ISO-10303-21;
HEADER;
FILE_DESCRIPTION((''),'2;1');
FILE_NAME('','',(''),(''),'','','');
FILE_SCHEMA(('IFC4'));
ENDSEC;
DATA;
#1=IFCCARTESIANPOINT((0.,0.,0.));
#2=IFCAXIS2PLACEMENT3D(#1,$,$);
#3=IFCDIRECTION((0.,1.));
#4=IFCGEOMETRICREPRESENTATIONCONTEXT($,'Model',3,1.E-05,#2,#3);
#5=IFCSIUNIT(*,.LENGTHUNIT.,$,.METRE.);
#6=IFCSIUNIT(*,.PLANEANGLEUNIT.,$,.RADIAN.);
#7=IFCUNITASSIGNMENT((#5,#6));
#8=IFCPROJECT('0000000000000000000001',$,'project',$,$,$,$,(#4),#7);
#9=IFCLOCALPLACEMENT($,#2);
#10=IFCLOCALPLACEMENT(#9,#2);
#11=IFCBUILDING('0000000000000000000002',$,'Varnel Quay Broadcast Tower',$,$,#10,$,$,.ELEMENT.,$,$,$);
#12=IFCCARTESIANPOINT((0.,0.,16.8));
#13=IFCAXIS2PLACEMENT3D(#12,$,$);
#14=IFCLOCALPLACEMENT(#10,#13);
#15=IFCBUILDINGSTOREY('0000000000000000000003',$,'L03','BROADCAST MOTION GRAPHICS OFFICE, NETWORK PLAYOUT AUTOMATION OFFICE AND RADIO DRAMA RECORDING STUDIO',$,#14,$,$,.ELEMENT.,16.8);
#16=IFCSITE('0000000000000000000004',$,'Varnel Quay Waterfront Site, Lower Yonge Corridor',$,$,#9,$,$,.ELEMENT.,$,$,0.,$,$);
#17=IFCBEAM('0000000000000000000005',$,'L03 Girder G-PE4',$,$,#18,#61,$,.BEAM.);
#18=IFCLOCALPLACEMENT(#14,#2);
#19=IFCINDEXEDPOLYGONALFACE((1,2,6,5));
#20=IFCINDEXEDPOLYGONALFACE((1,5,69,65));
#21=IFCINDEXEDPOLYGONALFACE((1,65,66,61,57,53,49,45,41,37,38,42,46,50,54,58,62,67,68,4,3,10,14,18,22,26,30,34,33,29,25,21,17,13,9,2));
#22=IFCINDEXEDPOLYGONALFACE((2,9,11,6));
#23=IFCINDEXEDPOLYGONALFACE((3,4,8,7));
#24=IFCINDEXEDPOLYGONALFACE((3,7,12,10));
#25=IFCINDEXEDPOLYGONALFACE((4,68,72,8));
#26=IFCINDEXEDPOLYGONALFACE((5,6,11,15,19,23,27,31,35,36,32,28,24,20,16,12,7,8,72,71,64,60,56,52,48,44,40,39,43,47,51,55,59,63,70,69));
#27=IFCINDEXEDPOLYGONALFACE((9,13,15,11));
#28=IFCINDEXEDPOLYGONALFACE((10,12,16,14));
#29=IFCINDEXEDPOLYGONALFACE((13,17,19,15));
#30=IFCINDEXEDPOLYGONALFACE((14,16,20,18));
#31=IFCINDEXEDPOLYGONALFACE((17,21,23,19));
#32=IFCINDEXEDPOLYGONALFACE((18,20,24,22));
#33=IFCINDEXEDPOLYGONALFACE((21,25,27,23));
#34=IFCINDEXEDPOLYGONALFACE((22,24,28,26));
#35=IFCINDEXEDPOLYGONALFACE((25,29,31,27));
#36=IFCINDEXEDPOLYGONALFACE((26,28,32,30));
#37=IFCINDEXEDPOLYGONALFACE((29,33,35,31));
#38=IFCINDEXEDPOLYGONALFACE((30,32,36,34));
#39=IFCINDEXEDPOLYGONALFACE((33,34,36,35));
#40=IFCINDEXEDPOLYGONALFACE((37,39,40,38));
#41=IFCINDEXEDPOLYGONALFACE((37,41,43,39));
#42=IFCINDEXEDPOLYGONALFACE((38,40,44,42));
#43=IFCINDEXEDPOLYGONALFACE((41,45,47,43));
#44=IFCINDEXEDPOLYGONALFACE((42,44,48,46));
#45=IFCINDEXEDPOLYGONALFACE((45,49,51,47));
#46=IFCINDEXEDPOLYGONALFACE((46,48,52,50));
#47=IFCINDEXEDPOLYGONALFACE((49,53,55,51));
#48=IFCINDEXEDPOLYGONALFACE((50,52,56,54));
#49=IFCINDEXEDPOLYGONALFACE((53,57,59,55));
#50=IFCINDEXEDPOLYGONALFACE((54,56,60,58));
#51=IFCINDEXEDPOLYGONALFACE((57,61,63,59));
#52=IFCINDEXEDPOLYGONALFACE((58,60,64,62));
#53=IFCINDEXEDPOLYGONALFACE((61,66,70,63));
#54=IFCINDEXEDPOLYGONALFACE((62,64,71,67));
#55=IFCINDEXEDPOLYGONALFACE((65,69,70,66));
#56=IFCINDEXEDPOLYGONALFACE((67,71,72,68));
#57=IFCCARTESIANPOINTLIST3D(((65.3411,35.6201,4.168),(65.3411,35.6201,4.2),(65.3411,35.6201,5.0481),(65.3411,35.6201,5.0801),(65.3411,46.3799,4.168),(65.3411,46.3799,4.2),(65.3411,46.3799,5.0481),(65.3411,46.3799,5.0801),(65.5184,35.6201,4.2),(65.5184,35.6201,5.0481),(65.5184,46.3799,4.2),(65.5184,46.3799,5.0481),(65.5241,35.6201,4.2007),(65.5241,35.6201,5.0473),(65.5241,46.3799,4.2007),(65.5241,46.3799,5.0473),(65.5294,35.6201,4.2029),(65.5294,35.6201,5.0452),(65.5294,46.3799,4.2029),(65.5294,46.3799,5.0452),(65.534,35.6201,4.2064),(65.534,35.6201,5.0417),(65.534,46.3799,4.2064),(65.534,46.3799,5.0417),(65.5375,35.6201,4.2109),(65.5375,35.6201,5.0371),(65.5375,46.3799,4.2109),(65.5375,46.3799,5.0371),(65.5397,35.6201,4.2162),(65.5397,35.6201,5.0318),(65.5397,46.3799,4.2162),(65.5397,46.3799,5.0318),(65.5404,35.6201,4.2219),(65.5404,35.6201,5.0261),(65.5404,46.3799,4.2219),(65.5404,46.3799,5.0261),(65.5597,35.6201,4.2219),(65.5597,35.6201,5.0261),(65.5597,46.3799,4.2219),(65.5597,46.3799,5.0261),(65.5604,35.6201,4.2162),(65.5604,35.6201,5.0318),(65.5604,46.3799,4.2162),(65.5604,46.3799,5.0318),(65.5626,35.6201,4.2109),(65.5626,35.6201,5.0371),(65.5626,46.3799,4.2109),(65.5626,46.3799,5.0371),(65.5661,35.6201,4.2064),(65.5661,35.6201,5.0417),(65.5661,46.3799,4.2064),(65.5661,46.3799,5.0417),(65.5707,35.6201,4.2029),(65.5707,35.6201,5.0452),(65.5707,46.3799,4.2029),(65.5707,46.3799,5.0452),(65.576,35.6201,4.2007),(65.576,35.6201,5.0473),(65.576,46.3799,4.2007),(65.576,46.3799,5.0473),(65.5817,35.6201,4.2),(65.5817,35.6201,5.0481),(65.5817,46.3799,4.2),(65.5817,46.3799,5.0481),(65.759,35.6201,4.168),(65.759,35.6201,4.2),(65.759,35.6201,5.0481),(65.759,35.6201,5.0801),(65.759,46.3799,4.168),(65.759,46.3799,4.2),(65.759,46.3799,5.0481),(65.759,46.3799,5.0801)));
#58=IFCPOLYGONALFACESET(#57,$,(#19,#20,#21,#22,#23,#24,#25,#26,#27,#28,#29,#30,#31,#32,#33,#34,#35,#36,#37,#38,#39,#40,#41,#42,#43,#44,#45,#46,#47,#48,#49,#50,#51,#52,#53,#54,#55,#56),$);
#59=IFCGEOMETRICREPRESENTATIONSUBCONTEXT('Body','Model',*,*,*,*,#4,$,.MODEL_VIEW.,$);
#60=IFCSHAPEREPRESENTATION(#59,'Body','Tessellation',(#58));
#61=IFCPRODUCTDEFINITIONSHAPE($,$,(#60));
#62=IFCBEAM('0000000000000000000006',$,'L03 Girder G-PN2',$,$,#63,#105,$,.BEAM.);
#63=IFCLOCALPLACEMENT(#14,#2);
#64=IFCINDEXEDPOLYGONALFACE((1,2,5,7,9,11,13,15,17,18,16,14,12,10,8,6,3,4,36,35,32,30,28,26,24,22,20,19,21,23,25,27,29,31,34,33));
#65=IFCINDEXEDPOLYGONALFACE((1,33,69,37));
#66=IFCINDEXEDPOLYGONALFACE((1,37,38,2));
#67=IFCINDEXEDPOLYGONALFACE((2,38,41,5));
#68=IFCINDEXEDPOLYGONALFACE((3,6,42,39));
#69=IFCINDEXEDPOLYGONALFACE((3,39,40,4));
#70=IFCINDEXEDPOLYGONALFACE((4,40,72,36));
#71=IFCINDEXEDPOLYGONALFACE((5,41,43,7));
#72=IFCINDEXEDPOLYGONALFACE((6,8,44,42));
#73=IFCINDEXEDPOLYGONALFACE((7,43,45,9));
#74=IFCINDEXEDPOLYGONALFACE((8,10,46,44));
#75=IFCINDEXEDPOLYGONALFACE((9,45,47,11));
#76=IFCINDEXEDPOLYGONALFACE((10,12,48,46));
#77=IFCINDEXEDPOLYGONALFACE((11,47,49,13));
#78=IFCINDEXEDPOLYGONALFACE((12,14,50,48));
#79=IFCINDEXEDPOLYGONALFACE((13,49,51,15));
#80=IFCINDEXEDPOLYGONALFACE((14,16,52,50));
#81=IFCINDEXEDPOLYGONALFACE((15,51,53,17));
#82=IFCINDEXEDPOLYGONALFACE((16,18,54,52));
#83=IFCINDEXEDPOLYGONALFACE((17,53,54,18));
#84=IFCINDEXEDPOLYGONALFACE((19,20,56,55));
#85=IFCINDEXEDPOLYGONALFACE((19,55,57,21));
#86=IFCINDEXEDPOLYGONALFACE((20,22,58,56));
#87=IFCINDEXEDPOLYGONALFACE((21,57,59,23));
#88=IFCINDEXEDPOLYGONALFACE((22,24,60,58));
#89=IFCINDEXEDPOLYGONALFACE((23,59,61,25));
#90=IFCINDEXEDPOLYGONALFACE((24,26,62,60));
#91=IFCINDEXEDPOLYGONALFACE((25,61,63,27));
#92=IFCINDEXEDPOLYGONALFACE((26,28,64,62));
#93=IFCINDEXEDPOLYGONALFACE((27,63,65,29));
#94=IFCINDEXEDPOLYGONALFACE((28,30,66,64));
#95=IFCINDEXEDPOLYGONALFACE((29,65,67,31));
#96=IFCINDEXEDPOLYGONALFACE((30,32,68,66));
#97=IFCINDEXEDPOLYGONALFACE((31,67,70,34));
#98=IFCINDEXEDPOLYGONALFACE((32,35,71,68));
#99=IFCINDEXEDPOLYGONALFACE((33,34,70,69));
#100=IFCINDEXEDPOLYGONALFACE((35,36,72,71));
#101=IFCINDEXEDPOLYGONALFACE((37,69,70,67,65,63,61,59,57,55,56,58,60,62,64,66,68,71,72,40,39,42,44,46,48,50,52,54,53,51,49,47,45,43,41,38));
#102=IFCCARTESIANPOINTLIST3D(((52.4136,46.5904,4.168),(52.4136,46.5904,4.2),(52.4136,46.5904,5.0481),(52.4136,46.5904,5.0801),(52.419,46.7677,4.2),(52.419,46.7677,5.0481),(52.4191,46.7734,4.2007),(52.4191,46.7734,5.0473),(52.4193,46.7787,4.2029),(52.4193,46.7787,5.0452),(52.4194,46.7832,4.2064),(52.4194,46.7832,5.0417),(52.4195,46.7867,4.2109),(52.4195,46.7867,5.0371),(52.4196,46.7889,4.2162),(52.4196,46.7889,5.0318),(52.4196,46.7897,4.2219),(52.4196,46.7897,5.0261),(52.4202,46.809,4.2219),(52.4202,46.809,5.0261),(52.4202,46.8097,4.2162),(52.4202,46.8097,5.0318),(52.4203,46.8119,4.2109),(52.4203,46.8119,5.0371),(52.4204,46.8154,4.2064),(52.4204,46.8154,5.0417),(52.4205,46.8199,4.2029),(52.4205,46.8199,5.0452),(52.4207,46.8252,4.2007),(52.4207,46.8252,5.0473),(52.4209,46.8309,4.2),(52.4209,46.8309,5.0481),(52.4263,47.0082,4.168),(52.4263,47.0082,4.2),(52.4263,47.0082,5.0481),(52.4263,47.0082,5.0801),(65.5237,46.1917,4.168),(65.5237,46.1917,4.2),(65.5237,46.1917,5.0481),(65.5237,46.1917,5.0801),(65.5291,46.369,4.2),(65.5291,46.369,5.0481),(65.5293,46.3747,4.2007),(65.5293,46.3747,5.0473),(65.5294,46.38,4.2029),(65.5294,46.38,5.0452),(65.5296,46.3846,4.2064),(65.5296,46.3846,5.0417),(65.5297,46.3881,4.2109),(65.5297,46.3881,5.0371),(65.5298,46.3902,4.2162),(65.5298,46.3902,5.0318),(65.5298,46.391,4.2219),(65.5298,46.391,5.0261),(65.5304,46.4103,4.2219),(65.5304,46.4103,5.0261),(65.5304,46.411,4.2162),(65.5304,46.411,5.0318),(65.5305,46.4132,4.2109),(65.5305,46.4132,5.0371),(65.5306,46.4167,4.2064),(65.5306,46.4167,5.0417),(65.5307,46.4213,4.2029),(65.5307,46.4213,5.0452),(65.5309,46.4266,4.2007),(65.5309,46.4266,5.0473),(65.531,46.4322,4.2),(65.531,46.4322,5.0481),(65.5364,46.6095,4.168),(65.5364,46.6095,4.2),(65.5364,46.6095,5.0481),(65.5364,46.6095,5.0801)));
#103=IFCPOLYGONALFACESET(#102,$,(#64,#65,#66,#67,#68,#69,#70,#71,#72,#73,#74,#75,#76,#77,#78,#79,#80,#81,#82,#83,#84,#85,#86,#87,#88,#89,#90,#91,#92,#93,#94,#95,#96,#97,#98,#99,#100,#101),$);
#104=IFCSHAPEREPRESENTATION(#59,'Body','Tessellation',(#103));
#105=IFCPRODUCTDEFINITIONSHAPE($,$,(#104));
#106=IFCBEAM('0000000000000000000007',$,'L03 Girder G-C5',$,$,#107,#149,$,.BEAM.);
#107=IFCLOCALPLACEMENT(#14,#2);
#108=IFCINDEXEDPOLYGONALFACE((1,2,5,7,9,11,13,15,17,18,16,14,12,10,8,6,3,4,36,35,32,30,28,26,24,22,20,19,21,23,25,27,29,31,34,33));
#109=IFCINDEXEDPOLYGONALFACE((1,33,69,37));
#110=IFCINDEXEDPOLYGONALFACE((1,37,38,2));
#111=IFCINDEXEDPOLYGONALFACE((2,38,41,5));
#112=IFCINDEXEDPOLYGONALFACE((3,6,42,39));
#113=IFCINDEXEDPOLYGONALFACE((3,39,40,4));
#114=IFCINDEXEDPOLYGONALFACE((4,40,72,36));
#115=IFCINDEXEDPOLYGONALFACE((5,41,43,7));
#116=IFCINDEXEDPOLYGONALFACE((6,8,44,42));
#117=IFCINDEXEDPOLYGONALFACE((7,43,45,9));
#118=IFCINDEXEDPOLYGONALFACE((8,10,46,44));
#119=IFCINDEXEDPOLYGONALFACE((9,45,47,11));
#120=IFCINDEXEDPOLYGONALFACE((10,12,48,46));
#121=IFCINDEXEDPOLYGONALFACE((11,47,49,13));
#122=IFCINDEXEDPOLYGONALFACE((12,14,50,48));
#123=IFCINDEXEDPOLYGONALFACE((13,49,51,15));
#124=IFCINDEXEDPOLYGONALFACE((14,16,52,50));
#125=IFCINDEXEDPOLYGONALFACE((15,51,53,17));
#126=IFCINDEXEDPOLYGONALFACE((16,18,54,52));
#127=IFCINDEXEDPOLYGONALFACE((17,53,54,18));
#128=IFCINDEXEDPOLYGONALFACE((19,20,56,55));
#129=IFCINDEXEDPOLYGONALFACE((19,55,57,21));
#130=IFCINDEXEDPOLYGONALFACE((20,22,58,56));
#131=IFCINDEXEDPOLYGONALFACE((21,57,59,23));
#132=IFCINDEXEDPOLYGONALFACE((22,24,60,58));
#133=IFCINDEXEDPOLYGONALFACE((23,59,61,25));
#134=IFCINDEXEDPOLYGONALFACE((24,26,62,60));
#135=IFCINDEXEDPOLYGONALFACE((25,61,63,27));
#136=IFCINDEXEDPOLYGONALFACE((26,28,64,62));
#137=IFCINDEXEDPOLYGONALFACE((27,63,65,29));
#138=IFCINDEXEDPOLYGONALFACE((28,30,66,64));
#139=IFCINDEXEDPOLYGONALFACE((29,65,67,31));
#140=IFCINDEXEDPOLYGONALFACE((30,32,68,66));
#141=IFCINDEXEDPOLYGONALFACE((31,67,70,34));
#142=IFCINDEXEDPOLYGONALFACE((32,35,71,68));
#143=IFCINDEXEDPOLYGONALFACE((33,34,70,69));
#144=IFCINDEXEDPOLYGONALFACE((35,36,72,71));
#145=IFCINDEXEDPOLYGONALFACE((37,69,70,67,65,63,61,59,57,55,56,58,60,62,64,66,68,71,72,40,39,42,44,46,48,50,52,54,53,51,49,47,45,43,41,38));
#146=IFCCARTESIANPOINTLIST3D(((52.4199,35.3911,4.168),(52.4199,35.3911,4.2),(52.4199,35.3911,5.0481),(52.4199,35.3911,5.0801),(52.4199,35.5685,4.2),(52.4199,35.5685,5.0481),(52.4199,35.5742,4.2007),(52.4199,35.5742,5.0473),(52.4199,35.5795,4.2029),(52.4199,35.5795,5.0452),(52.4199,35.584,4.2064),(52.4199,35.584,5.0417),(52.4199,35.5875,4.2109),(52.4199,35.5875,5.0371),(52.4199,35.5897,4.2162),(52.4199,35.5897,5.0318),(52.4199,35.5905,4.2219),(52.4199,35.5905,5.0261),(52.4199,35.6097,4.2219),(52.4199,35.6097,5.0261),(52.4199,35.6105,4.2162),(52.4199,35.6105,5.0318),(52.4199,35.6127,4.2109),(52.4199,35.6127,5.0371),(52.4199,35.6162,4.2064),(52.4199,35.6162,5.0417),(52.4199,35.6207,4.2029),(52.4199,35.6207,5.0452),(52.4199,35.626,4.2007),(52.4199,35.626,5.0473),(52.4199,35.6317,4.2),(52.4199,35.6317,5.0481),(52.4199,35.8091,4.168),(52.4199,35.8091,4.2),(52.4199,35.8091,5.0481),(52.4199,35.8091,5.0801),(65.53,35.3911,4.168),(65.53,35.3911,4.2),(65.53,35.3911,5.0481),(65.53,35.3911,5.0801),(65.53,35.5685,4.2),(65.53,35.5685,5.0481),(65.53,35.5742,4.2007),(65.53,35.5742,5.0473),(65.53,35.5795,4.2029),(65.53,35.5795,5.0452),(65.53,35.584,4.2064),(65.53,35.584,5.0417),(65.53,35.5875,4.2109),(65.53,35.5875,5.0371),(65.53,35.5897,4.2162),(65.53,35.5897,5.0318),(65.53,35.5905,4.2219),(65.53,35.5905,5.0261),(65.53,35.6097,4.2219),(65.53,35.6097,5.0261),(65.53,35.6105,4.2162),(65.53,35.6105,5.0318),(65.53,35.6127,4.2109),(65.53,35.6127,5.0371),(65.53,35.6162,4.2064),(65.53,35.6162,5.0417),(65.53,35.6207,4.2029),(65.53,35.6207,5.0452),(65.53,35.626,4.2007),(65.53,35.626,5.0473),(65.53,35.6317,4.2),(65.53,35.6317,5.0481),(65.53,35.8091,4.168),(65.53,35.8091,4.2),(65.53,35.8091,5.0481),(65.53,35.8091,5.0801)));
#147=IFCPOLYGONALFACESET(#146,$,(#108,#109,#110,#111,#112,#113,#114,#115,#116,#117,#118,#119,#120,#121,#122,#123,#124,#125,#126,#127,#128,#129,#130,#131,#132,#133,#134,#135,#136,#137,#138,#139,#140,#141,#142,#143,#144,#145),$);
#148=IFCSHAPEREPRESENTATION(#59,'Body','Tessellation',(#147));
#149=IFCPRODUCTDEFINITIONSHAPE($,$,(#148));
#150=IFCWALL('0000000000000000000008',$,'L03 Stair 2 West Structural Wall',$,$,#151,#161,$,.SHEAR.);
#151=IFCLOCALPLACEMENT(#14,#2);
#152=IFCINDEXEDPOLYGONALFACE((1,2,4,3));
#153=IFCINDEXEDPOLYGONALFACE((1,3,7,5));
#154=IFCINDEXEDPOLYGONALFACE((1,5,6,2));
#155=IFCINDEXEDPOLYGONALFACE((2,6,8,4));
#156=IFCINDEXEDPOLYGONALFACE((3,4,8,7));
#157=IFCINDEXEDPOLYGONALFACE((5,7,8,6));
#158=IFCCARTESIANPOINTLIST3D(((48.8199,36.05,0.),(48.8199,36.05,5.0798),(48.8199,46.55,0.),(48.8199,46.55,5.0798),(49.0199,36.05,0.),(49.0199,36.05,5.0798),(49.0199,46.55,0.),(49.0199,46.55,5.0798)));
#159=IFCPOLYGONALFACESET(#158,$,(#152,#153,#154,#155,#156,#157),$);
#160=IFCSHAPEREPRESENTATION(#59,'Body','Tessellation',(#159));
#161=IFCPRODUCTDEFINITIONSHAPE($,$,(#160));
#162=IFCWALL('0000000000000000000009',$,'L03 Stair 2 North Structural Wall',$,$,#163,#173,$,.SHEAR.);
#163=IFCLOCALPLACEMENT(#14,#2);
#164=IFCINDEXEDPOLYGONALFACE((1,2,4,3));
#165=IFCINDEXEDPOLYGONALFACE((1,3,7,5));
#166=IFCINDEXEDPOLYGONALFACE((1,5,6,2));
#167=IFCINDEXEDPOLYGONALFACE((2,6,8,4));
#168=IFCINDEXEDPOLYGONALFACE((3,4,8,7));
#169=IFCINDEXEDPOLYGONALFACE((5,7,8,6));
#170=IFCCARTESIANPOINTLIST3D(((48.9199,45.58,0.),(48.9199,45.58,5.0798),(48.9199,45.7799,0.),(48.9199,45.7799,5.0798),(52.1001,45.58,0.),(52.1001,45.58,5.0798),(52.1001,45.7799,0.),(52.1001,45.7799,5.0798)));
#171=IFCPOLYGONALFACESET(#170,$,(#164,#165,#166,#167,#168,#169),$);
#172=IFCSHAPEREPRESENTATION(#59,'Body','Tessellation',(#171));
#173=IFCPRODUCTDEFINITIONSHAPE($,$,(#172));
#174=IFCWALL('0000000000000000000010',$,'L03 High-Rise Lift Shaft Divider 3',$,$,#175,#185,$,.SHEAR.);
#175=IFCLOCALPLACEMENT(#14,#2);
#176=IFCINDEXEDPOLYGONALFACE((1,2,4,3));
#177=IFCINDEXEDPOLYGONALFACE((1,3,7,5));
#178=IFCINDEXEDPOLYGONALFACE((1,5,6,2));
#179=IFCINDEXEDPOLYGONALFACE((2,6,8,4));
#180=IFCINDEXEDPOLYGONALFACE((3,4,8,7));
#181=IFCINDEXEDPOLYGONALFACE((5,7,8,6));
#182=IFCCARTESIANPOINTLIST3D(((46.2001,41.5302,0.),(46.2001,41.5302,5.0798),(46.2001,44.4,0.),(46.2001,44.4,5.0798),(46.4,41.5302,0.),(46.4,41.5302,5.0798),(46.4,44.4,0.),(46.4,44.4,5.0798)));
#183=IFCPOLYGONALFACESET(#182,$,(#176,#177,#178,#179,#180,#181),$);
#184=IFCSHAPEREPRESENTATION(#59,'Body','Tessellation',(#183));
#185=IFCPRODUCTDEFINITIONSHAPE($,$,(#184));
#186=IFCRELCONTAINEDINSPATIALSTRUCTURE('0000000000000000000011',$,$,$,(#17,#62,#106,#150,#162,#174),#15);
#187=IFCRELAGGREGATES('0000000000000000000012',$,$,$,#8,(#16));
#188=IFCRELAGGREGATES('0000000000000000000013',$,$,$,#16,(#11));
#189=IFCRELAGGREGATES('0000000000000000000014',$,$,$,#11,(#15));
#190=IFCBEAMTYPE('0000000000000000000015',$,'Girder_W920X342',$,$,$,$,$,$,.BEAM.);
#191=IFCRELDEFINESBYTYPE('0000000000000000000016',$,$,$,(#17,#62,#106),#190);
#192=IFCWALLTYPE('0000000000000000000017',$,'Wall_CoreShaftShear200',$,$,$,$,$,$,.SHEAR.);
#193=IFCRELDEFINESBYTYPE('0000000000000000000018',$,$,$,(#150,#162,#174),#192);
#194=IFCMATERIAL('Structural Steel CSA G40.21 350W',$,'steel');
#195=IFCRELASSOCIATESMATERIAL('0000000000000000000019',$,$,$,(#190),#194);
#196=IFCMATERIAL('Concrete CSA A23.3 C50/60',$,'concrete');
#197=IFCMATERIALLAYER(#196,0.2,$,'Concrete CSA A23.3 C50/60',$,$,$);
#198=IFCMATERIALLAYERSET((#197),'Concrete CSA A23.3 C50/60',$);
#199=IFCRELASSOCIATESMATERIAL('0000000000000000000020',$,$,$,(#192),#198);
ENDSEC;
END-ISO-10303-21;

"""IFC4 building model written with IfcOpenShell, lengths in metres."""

from ifc_helpers import new_model, si_unit, direction, frame, frame_2d, origin, origin_2d, place, context, subcontext, project, spatial, rectangle, i_section, extrude, source, transform, mapped, material, layer, layer_set, material_profile, profile_set, type_object, type_shapes, element, save


model = new_model("IFC4")

# Units and contexts
model_context = context("Model", 3, precision=1e-05, world=origin(), true_north=direction((0.0, 1.0)))
body_context = subcontext(model_context, "Body", "Model", "MODEL_VIEW")
ifc_project = project(units=[si_unit("LENGTHUNIT", "METRE"), si_unit("PLANEANGLEUNIT", "RADIAN")], contexts=[model_context])

# Site, building, storey
site_placement = place(None, origin())
site = spatial("IfcSite", under=ifc_project, at=site_placement, Name="Varnel Quay Waterfront Site, Lower Yonge Corridor", CompositionType="ELEMENT", RefElevation=0.0)
building_placement = place(site_placement, origin())
building = spatial("IfcBuilding", under=site, at=building_placement, Name="Varnel Quay Broadcast Tower", CompositionType="ELEMENT")
storey_placement = place(building_placement, frame((0.0, 0.0, 16.8)))
storey = spatial("IfcBuildingStorey", under=building, at=storey_placement, Name="L03", Description="BROADCAST MOTION GRAPHICS OFFICE, NETWORK PLAYOUT AUTOMATION OFFICE AND RADIO DRAMA RECORDING STUDIO", CompositionType="ELEMENT", Elevation=16.8)

# Shared definitions
ifc_material_1 = material(Name="Structural Steel CSA G40.21 350W", Category="steel")

# Beams
ifc_material_profile_1 = material_profile(ifc_material_1, i_section(OverallWidth=0.418, OverallDepth=0.9121, WebThickness=0.0193, FlangeThickness=0.032, FilletRadius=0.022, at=origin_2d()), Name="W920X342")
ifc_profile_set_1 = profile_set([ifc_material_profile_1], Name="Structural Steel CSA G40.21 350W")
beam_type = type_object("IfcBeamType", Name="Girder_W920X342", PredefinedType="BEAM", material=ifc_profile_set_1)
shared_shape_1 = source(origin(), body_context, "Body", "SweptSolid", [
    extrude(i_section(OverallWidth=0.418, OverallDepth=0.9121, WebThickness=0.0193, FlangeThickness=0.032, FilletRadius=0.022, at=origin_2d()), origin(), (0.0, 0.0, 1.0), 10.7598),
])
beam_1_placement = place(storey_placement, frame((65.55, 35.6201, 4.624), z_axis=(0.0, 1.0, 0.0), x_axis=(-1.0, 0.0, 0.0)))
element("IfcBeam", 1, at=beam_1_placement, inside=storey, type_object=beam_type, Name="L03 Girder G-PE4", PredefinedType="BEAM", context=body_context, shape_type="MappedRepresentation", body=[
    mapped(shared_shape_1, transform((0.0, 0.0, 0.0), x_axis=(1.0, 0.0, 0.0), y_axis=(0.0, 1.0, 0.0), z_axis=(0.0, 0.0, 1.0), scale=1.0)),
])
shared_shape_2 = source(origin(), body_context, "Body", "SweptSolid", [
    extrude(i_section(OverallWidth=0.418, OverallDepth=0.9121, WebThickness=0.0193, FlangeThickness=0.032, FilletRadius=0.022, at=origin_2d()), origin(), (0.0, 0.0, 1.0), 13.1162),
])
beam_2_placement = place(storey_placement, frame((52.4199, 46.7993, 4.624), z_axis=(0.999538, -0.030396, 0.0), x_axis=(0.030396, 0.999538, 0.0)))
element("IfcBeam", 2, at=beam_2_placement, inside=storey, type_object=beam_type, Name="L03 Girder G-PN2", PredefinedType="BEAM", context=body_context, shape_type="MappedRepresentation", body=[
    mapped(shared_shape_2, transform((0.0, 0.0, 0.0), x_axis=(1.0, 0.0, 0.0), y_axis=(0.0, 1.0, 0.0), z_axis=(0.0, 0.0, 1.0), scale=1.0)),
])
shared_shape_3 = source(origin(), body_context, "Body", "SweptSolid", [
    extrude(i_section(OverallWidth=0.418, OverallDepth=0.9121, WebThickness=0.0193, FlangeThickness=0.032, FilletRadius=0.022, at=origin_2d()), origin(), (0.0, 0.0, 1.0), 13.1101),
])
type_shapes(beam_type, [shared_shape_1, shared_shape_2, shared_shape_3])
beam_3_placement = place(storey_placement, frame((52.4199, 35.6001, 4.624), z_axis=(1.0, 0.0, 0.0), x_axis=(0.0, 1.0, 0.0)))
element("IfcBeam", 3, at=beam_3_placement, inside=storey, type_object=beam_type, Name="L03 Girder G-C5", PredefinedType="BEAM", context=body_context, shape_type="MappedRepresentation", body=[
    mapped(shared_shape_3, transform((0.0, 0.0, 0.0), x_axis=(1.0, 0.0, 0.0), y_axis=(0.0, 1.0, 0.0), z_axis=(0.0, 0.0, 1.0), scale=1.0)),
])

# Walls
ifc_material_2 = material(Name="Concrete CSA A23.3 C50/60", Category="concrete")
ifc_layer_1 = layer(ifc_material_2, 0.2, Name="Concrete CSA A23.3 C50/60")
ifc_layer_set_1 = layer_set([ifc_layer_1], Name="Concrete CSA A23.3 C50/60")
wall_type_1 = type_object("IfcWallType", Name="Wall_CoreShaftShear200", PredefinedType="SHEAR", material=ifc_layer_set_1)
wall_1_placement = place(storey_placement, frame((48.9199, 36.05, 0.0), z_axis=(0.0, 0.0, 1.0), x_axis=(0.0, 1.0, 0.0)))
element("IfcWall", 4, at=wall_1_placement, inside=storey, type_object=wall_type_1, Name="L03 Stair 2 West Structural Wall", PredefinedType="SHEAR", context=body_context, shape_type="SweptSolid", body=[
    extrude(rectangle(XDim=10.5, YDim=0.2, at=frame_2d((5.25, 0.0))), origin(), (0.0, 0.0, 1.0), 5.0798),
])
wall_2_placement = place(storey_placement, frame((48.9199, 45.6799, 0.0), z_axis=(0.0, 0.0, 1.0), x_axis=(1.0, 0.0, 0.0)))
element("IfcWall", 5, at=wall_2_placement, inside=storey, type_object=wall_type_1, Name="L03 Stair 2 North Structural Wall", PredefinedType="SHEAR", context=body_context, shape_type="SweptSolid", body=[
    extrude(rectangle(XDim=3.1802, YDim=0.2, at=frame_2d((1.5901, 0.0))), origin(), (0.0, 0.0, 1.0), 5.0798),
])
wall_3_placement = place(storey_placement, frame((46.3, 41.53, 0.0), z_axis=(0.0, 0.0, 1.0), x_axis=(0.0, 1.0, 0.0)))
element("IfcWall", 6, at=wall_3_placement, inside=storey, type_object=wall_type_1, Name="L03 High-Rise Lift Shaft Divider 3", PredefinedType="SHEAR", context=body_context, shape_type="SweptSolid", body=[
    extrude(rectangle(XDim=2.8699, YDim=0.2, at=frame_2d((1.4351, 0.0))), origin(), (0.0, 0.0, 1.0), 5.0798),
])

save(model, "model.ifc")
